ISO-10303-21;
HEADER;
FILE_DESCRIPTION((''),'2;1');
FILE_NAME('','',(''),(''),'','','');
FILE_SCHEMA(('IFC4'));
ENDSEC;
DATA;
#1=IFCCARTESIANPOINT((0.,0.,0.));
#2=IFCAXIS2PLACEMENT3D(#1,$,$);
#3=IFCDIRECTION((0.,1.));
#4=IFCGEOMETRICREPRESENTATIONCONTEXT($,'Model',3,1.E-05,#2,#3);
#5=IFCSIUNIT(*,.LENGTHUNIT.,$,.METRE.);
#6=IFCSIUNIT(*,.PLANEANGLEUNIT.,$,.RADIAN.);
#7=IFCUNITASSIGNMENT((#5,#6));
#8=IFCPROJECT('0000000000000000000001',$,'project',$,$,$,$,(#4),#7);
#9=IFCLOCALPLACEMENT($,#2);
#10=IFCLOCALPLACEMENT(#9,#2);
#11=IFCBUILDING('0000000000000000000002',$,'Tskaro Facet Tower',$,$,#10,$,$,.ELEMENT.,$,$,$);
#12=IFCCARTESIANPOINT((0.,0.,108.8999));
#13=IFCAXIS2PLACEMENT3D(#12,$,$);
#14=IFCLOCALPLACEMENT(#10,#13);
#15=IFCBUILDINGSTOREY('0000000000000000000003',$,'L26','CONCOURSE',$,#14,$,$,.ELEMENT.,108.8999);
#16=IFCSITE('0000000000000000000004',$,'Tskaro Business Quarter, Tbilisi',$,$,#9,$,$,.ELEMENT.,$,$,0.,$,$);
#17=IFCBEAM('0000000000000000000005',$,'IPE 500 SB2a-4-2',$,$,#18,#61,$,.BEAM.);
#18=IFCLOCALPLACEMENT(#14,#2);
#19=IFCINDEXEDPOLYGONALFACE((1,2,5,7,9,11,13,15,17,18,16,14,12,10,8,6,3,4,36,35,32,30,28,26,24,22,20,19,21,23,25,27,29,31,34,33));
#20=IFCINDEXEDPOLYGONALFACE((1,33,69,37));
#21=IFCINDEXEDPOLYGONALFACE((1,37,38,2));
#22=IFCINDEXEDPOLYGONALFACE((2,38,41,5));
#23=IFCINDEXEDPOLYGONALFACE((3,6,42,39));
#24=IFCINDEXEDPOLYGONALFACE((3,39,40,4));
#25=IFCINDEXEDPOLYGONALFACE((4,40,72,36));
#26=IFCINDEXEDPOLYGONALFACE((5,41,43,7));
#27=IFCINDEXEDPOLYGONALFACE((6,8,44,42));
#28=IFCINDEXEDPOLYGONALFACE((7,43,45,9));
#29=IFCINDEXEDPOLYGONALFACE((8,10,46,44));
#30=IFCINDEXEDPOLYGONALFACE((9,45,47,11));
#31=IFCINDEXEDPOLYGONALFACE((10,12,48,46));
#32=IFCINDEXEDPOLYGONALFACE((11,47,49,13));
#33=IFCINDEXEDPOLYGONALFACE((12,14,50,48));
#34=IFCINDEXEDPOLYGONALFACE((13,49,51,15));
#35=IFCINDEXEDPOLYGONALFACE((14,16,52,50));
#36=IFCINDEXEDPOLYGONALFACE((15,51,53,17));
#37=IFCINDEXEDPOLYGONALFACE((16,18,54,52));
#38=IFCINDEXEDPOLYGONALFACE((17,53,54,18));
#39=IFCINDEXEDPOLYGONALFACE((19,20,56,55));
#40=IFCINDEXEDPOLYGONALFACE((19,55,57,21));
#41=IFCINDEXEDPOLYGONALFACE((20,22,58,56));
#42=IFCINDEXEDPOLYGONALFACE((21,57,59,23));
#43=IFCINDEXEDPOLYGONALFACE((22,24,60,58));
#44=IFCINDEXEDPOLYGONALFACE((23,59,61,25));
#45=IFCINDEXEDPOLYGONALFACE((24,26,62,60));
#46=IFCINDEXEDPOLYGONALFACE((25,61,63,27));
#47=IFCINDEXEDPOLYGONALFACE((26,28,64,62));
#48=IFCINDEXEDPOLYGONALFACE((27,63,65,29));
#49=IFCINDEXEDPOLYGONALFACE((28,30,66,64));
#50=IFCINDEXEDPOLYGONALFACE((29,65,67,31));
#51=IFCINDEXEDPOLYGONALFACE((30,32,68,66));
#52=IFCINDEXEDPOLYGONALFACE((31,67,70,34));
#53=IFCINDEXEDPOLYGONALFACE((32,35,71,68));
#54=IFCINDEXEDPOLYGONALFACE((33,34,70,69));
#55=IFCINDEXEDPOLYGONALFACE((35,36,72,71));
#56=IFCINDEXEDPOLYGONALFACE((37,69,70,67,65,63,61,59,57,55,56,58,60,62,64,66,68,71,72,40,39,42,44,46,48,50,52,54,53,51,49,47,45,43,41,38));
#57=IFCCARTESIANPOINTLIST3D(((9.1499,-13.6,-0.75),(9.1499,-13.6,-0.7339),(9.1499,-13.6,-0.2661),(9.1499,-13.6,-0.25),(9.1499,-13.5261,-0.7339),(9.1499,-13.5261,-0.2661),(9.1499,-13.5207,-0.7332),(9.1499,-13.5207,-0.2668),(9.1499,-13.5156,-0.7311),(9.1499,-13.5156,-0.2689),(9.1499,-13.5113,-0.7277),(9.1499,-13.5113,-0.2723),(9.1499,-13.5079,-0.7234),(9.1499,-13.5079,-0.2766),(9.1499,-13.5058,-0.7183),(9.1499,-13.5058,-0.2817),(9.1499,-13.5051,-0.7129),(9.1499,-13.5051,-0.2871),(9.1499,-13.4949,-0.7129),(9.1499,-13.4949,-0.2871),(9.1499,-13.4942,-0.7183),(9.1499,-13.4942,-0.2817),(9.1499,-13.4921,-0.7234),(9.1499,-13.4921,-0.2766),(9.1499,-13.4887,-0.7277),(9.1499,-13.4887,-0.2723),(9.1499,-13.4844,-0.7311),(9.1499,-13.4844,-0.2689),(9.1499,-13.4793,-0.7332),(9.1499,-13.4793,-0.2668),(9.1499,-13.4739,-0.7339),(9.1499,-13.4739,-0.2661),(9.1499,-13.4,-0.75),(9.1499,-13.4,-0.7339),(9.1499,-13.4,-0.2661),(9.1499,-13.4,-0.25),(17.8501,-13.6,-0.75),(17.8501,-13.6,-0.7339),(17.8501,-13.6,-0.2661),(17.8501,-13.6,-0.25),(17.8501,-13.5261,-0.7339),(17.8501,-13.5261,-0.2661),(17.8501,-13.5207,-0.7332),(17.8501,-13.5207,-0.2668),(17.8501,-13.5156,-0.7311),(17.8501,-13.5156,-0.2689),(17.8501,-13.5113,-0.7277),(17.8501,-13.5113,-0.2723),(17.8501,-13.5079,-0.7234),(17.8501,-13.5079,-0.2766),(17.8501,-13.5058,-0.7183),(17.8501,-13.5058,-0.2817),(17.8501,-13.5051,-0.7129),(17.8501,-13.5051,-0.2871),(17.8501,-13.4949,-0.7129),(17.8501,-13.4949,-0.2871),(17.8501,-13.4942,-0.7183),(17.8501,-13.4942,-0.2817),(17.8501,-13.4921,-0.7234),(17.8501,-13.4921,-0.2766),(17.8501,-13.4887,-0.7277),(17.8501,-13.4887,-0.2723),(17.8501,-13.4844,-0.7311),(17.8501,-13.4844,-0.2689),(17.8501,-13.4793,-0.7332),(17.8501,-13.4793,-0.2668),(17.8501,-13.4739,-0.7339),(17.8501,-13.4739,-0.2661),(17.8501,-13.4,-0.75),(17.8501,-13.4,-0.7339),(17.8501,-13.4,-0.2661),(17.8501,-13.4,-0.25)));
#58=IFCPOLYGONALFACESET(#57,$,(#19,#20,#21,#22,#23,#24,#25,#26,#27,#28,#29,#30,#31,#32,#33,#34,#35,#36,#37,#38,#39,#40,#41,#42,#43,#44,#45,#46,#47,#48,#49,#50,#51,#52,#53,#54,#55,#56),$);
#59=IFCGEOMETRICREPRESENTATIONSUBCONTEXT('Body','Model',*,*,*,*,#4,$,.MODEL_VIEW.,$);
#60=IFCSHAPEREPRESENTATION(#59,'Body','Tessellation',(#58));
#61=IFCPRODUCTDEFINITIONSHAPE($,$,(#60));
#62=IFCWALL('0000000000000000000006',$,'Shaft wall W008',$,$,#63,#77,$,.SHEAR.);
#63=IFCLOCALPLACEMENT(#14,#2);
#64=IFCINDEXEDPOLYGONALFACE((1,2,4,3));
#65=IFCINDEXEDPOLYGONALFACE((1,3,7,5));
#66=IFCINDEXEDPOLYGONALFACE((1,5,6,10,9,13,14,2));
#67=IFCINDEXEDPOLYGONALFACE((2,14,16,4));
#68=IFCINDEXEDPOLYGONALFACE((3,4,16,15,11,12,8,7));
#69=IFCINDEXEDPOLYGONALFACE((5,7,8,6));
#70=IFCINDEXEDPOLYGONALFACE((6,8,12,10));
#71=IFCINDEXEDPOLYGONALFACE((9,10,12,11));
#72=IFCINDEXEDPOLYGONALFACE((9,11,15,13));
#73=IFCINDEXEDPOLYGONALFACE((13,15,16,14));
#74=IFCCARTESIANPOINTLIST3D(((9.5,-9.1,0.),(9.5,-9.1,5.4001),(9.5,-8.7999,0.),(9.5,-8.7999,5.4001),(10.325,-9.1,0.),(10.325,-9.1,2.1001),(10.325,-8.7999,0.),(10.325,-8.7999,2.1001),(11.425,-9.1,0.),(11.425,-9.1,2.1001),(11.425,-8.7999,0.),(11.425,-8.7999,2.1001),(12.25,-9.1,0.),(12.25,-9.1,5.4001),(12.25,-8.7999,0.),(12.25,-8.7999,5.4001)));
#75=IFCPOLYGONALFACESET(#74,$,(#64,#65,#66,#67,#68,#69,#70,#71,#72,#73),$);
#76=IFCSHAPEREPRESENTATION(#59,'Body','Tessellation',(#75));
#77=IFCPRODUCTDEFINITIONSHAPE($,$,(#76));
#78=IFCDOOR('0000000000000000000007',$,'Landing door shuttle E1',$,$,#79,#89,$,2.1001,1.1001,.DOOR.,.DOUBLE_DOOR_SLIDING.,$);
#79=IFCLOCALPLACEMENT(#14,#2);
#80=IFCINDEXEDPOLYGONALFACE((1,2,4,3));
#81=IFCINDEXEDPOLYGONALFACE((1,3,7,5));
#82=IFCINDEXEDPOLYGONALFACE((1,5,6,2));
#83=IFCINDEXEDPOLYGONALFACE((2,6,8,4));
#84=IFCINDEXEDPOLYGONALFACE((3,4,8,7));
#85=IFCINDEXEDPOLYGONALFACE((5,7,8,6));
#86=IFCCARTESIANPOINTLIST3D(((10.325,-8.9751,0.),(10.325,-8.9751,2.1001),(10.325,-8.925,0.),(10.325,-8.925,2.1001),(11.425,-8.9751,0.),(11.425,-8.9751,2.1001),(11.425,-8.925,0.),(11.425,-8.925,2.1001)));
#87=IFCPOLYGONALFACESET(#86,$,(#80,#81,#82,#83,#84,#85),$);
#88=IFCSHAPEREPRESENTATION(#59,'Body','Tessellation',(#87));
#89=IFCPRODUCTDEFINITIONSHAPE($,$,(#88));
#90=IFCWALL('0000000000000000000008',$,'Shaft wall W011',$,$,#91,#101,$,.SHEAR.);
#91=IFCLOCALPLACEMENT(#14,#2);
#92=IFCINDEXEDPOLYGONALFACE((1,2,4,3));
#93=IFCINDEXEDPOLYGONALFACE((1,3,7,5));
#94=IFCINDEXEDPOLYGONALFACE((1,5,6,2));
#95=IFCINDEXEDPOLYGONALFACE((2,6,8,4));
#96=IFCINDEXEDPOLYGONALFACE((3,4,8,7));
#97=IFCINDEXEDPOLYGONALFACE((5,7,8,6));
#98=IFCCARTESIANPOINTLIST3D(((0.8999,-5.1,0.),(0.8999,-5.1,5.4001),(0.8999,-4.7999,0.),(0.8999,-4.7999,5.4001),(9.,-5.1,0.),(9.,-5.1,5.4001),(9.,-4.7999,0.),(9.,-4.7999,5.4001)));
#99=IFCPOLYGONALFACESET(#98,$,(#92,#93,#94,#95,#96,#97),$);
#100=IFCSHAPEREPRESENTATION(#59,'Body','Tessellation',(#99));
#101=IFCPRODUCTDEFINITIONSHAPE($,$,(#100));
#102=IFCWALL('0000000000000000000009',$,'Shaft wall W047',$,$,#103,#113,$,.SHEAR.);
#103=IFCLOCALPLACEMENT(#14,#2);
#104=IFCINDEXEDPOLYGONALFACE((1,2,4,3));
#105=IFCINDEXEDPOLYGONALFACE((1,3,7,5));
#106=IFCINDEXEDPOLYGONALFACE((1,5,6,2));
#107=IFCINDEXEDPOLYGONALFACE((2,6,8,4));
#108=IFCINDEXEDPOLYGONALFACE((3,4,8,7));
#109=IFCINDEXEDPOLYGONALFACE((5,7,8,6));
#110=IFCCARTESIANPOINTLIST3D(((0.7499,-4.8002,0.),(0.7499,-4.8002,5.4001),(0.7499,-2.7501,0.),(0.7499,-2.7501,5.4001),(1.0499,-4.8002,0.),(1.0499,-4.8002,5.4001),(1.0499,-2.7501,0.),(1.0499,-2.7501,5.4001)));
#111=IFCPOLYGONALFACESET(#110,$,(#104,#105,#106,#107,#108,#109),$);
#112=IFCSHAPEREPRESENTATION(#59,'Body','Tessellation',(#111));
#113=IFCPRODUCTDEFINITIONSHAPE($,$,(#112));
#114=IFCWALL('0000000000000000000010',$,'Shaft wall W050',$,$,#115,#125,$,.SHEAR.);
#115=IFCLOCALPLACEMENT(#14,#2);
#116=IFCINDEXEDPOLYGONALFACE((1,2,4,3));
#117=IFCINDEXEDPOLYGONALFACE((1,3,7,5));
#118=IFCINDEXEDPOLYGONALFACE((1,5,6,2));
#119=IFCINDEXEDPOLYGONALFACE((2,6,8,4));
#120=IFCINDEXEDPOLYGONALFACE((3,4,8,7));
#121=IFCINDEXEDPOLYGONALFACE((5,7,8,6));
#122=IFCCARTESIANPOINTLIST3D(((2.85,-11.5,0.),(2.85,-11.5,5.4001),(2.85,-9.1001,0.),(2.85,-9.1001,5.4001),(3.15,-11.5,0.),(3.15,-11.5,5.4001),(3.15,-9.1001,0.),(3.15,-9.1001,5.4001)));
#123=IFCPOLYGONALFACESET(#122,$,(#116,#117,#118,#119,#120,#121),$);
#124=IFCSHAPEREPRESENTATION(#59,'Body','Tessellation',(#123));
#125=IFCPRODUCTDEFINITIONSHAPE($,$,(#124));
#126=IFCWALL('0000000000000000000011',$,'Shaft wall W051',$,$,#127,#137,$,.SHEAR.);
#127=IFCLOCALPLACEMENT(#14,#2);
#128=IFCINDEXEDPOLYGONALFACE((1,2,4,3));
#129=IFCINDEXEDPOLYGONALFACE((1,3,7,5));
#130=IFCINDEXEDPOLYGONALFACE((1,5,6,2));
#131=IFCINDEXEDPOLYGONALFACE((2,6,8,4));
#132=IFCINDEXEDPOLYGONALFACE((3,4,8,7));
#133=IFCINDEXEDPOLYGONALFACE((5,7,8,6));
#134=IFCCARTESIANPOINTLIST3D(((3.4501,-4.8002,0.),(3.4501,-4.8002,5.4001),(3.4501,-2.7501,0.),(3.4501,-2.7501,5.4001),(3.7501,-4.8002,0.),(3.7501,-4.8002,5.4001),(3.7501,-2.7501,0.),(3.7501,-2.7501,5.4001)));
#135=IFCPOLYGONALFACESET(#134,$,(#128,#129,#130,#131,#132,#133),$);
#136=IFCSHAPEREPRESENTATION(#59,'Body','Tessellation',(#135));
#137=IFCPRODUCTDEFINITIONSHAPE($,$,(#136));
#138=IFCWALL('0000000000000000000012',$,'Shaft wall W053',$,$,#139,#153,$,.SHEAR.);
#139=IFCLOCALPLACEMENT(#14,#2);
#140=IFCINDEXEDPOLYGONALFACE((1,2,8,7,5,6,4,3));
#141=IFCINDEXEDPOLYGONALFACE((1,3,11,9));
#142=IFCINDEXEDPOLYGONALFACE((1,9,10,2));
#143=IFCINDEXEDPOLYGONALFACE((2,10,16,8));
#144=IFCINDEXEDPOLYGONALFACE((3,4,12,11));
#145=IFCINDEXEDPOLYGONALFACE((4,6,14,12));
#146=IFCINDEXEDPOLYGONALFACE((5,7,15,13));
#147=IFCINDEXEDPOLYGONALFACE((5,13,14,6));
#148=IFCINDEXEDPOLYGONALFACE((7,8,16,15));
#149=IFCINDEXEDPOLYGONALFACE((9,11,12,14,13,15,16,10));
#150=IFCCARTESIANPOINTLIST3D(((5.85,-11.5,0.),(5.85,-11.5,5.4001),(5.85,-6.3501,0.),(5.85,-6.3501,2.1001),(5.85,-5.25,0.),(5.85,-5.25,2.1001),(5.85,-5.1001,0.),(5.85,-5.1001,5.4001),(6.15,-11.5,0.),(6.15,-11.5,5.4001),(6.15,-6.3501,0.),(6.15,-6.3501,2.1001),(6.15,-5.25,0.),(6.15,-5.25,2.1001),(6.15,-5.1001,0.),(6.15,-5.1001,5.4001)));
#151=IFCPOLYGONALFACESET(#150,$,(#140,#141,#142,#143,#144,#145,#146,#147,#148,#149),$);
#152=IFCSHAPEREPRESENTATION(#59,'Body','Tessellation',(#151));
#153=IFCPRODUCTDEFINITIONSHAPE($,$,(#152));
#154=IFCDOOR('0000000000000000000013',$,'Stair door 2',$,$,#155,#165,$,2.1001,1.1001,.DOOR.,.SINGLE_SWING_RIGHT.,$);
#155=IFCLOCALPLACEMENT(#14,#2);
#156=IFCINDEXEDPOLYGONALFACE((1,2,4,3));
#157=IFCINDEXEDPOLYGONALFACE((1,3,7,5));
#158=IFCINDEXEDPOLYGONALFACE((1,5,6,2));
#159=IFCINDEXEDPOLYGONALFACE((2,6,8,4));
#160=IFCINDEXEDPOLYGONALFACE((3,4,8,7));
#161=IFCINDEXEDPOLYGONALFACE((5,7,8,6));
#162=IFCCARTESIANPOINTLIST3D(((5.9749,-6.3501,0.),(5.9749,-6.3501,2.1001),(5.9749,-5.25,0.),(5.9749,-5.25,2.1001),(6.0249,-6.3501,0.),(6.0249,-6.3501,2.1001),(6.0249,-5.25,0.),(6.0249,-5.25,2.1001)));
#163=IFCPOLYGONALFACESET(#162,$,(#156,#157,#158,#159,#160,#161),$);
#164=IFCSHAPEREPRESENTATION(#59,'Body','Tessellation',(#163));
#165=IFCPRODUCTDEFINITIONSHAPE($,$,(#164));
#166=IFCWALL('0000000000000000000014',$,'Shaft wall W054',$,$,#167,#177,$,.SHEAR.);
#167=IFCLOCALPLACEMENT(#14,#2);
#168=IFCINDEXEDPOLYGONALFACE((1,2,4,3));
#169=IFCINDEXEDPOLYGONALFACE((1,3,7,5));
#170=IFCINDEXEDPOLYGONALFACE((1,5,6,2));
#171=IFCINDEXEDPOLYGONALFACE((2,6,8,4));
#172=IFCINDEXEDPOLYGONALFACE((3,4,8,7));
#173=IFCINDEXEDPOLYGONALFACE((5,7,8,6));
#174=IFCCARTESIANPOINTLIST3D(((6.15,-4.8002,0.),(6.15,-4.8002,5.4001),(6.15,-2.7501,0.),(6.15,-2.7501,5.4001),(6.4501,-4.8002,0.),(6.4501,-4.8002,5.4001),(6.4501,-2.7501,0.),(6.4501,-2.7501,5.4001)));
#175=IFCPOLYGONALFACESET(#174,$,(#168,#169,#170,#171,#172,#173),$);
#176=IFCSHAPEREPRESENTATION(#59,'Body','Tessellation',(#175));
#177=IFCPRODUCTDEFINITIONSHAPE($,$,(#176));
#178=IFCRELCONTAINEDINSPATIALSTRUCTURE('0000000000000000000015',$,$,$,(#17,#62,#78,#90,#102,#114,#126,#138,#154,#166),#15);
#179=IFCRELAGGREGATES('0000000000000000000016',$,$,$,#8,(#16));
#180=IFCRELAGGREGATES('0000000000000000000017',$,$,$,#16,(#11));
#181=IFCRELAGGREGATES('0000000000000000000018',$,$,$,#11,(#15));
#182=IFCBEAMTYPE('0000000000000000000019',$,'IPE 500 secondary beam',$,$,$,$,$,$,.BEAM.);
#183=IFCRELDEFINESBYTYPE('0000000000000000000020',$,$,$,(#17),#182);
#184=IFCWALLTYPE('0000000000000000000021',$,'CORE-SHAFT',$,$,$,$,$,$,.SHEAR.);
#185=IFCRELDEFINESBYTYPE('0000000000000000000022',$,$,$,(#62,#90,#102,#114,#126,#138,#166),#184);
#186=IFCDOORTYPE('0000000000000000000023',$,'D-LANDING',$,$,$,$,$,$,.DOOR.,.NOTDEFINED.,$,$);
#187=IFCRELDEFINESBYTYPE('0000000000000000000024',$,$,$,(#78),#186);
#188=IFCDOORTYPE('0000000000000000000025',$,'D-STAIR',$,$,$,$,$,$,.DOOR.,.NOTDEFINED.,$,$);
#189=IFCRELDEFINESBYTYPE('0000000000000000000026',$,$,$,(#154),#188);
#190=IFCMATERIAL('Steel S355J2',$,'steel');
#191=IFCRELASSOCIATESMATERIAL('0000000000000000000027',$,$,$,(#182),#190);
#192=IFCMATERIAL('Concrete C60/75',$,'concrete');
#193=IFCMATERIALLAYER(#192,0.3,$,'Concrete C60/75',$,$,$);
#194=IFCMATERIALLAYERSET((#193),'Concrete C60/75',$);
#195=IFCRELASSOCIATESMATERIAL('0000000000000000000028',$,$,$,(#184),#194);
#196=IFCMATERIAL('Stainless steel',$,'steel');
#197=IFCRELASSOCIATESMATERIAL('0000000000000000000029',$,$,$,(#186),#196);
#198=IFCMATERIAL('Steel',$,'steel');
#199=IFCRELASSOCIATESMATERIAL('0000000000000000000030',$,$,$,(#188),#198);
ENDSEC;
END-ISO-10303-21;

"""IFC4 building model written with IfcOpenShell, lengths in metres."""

from ifc_helpers import new_model, si_unit, direction, frame, frame_2d, origin, origin_2d, place, context, subcontext, project, spatial, rectangle, i_section, extrude, material, layer, layer_set, material_profile, profile_set, type_object, element, fill, save


model = new_model("IFC4")

# Units and contexts
model_context = context("Model", 3, precision=1e-05, world=origin(), true_north=direction((0.0, 1.0)))
body_context = subcontext(model_context, "Body", "Model", "MODEL_VIEW")
ifc_project = project(units=[si_unit("LENGTHUNIT", "METRE"), si_unit("PLANEANGLEUNIT", "RADIAN")], contexts=[model_context])

# Site, building, storey
site_placement = place(None, origin())
site = spatial("IfcSite", under=ifc_project, at=site_placement, Name="Tskaro Business Quarter, Tbilisi", CompositionType="ELEMENT", RefElevation=0.0)
building_placement = place(site_placement, origin())
building = spatial("IfcBuilding", under=site, at=building_placement, Name="Tskaro Facet Tower", CompositionType="ELEMENT")
storey_placement = place(building_placement, frame((0.0, 0.0, 108.8999)))
storey = spatial("IfcBuildingStorey", under=building, at=storey_placement, Name="L26", Description="CONCOURSE", CompositionType="ELEMENT", Elevation=108.8999)

# Beam
ifc_material_1 = material(Name="Steel S355J2", Category="steel")
ifc_material_profile = material_profile(ifc_material_1, i_section(OverallWidth=0.2, OverallDepth=0.5, WebThickness=0.0103, FlangeThickness=0.0161, FilletRadius=0.021, at=origin_2d()), Name="IPE 500")
ifc_profile_set = profile_set([ifc_material_profile], Name="Steel S355J2")
beam_type = type_object("IfcBeamType", Name="IPE 500 secondary beam", PredefinedType="BEAM", material=ifc_profile_set)
beam_placement = place(storey_placement, frame((9.1499, -13.5, -0.5), z_axis=(1.0, 0.0, 0.0), x_axis=(0.0, 1.0, 0.0)))
element("IfcBeam", 1, at=beam_placement, inside=storey, type_object=beam_type, Name="IPE 500 SB2a-4-2", PredefinedType="BEAM", context=body_context, shape_type="SweptSolid", body=[
    extrude(i_section(OverallWidth=0.2, OverallDepth=0.5, WebThickness=0.0103, FlangeThickness=0.0161, FilletRadius=0.021, at=origin_2d()), origin(), (0.0, 0.0, 1.0), 8.7002),
])

# Wall, opening, door
ifc_material_2 = material(Name="Concrete C60/75", Category="concrete")
ifc_layer_1 = layer(ifc_material_2, 0.3, Name="Concrete C60/75")
ifc_layer_set_1 = layer_set([ifc_layer_1], Name="Concrete C60/75")
wall_type_1 = type_object("IfcWallType", Name="CORE-SHAFT", PredefinedType="SHEAR", material=ifc_layer_set_1)
wall_1_placement = place(storey_placement, frame((9.5, -8.95, 0.0), z_axis=(0.0, 0.0, 1.0), x_axis=(1.0, 0.0, 0.0)))
wall_1 = element("IfcWall", 2, at=wall_1_placement, inside=storey, type_object=wall_type_1, Name="Shaft wall W008", PredefinedType="SHEAR", context=body_context, shape_type="SweptSolid", body=[
    extrude(rectangle(XDim=2.75, YDim=0.3, at=frame_2d((1.375, 0.0))), origin(), (0.0, 0.0, 1.0), 5.4001),
])
opening_1_placement = place(wall_1_placement, frame((0.825, 0.0, 0.0)))
opening_1 = element("IfcOpeningElement", 3, at=opening_1_placement, cuts=wall_1, PredefinedType="OPENING", context=body_context, shape_type="SweptSolid", body=[
    extrude(rectangle(XDim=1.1001, YDim=2.1001, at=frame_2d((0.55, 1.05))), frame((0.0, 0.1599, 0.0), z_axis=(0.0, -1.0, 0.0), x_axis=(1.0, 0.0, 0.0)), (0.0, 0.0, 1.0), 0.3201),
])
ifc_material_3 = material(Name="Stainless steel", Category="steel")
door_type_1 = type_object("IfcDoorType", Name="D-LANDING", OperationType="NOTDEFINED", PredefinedType="DOOR", material=ifc_material_3)
door_1_placement = place(opening_1_placement, origin())
door_1 = element("IfcDoor", 4, at=door_1_placement, inside=storey, type_object=door_type_1, Name="Landing door shuttle E1", OperationType="DOUBLE_DOOR_SLIDING", OverallHeight=2.1001, OverallWidth=1.1001, PredefinedType="DOOR", context=body_context, shape_type="SweptSolid", body=[
    extrude(rectangle(XDim=1.1001, YDim=2.1001, at=frame_2d((0.55, 1.05))), frame((0.0, 0.0249, 0.0), z_axis=(0.0, -1.0, 0.0), x_axis=(1.0, 0.0, 0.0)), (0.0, 0.0, 1.0), 0.05),
])
fill(opening_1, door_1)

# Walls
wall_2_placement = place(storey_placement, frame((0.8999, -4.95, 0.0), z_axis=(0.0, 0.0, 1.0), x_axis=(1.0, 0.0, 0.0)))
element("IfcWall", 5, at=wall_2_placement, inside=storey, type_object=wall_type_1, Name="Shaft wall W011", PredefinedType="SHEAR", context=body_context, shape_type="SweptSolid", body=[
    extrude(rectangle(XDim=8.1001, YDim=0.3, at=frame_2d((4.05, 0.0))), origin(), (0.0, 0.0, 1.0), 5.4001),
])
wall_3_placement = place(storey_placement, frame((0.8999, -4.8, 0.0), z_axis=(0.0, 0.0, 1.0), x_axis=(0.0, 1.0, 0.0)))
element("IfcWall", 6, at=wall_3_placement, inside=storey, type_object=wall_type_1, Name="Shaft wall W047", PredefinedType="SHEAR", context=body_context, shape_type="SweptSolid", body=[
    extrude(rectangle(XDim=2.05, YDim=0.3, at=frame_2d((1.0249, 0.0))), origin(), (0.0, 0.0, 1.0), 5.4001),
])
wall_4_placement = place(storey_placement, frame((3.0, -11.5, 0.0), z_axis=(0.0, 0.0, 1.0), x_axis=(0.0, 1.0, 0.0)))
element("IfcWall", 7, at=wall_4_placement, inside=storey, type_object=wall_type_1, Name="Shaft wall W050", PredefinedType="SHEAR", context=body_context, shape_type="SweptSolid", body=[
    extrude(rectangle(XDim=2.3999, YDim=0.3, at=frame_2d((1.2, 0.0))), origin(), (0.0, 0.0, 1.0), 5.4001),
])
wall_5_placement = place(storey_placement, frame((3.6001, -4.8, 0.0), z_axis=(0.0, 0.0, 1.0), x_axis=(0.0, 1.0, 0.0)))
element("IfcWall", 8, at=wall_5_placement, inside=storey, type_object=wall_type_1, Name="Shaft wall W051", PredefinedType="SHEAR", context=body_context, shape_type="SweptSolid", body=[
    extrude(rectangle(XDim=2.05, YDim=0.3, at=frame_2d((1.0249, 0.0))), origin(), (0.0, 0.0, 1.0), 5.4001),
])

# Wall, opening, door
wall_6_placement = place(storey_placement, frame((6.0, -5.1001, 0.0), z_axis=(0.0, 0.0, 1.0), x_axis=(0.0, -1.0, 0.0)))
wall_6 = element("IfcWall", 9, at=wall_6_placement, inside=storey, type_object=wall_type_1, Name="Shaft wall W053", PredefinedType="SHEAR", context=body_context, shape_type="SweptSolid", body=[
    extrude(rectangle(XDim=6.3999, YDim=0.3, at=frame_2d((3.2, 0.0))), origin(), (0.0, 0.0, 1.0), 5.4001),
])
opening_2_placement = place(wall_6_placement, frame((0.1499, 0.0, 0.0)))
opening_2 = element("IfcOpeningElement", 10, at=opening_2_placement, cuts=wall_6, PredefinedType="OPENING", context=body_context, shape_type="SweptSolid", body=[
    extrude(rectangle(XDim=1.1001, YDim=2.1001, at=frame_2d((0.55, 1.05))), frame((0.0, 0.1599, 0.0), z_axis=(0.0, -1.0, 0.0), x_axis=(1.0, 0.0, 0.0)), (0.0, 0.0, 1.0), 0.3201),
])
ifc_material_4 = material(Name="Steel", Category="steel")
door_type_2 = type_object("IfcDoorType", Name="D-STAIR", OperationType="NOTDEFINED", PredefinedType="DOOR", material=ifc_material_4)
door_2_placement = place(opening_2_placement, origin())
door_2 = element("IfcDoor", 11, at=door_2_placement, inside=storey, type_object=door_type_2, Name="Stair door 2", OperationType="SINGLE_SWING_RIGHT", OverallHeight=2.1001, OverallWidth=1.1001, PredefinedType="DOOR", context=body_context, shape_type="SweptSolid", body=[
    extrude(rectangle(XDim=1.1001, YDim=2.1001, at=frame_2d((0.55, 1.05))), frame((0.0, 0.0249, 0.0), z_axis=(0.0, -1.0, 0.0), x_axis=(1.0, 0.0, 0.0)), (0.0, 0.0, 1.0), 0.05),
])
fill(opening_2, door_2)

# Wall
wall_7_placement = place(storey_placement, frame((6.3, -4.8, 0.0), z_axis=(0.0, 0.0, 1.0), x_axis=(0.0, 1.0, 0.0)))
element("IfcWall", 12, at=wall_7_placement, inside=storey, type_object=wall_type_1, Name="Shaft wall W054", PredefinedType="SHEAR", context=body_context, shape_type="SweptSolid", body=[
    extrude(rectangle(XDim=2.05, YDim=0.3, at=frame_2d((1.0249, 0.0))), origin(), (0.0, 0.0, 1.0), 5.4001),
])

save(model, "model.ifc")
